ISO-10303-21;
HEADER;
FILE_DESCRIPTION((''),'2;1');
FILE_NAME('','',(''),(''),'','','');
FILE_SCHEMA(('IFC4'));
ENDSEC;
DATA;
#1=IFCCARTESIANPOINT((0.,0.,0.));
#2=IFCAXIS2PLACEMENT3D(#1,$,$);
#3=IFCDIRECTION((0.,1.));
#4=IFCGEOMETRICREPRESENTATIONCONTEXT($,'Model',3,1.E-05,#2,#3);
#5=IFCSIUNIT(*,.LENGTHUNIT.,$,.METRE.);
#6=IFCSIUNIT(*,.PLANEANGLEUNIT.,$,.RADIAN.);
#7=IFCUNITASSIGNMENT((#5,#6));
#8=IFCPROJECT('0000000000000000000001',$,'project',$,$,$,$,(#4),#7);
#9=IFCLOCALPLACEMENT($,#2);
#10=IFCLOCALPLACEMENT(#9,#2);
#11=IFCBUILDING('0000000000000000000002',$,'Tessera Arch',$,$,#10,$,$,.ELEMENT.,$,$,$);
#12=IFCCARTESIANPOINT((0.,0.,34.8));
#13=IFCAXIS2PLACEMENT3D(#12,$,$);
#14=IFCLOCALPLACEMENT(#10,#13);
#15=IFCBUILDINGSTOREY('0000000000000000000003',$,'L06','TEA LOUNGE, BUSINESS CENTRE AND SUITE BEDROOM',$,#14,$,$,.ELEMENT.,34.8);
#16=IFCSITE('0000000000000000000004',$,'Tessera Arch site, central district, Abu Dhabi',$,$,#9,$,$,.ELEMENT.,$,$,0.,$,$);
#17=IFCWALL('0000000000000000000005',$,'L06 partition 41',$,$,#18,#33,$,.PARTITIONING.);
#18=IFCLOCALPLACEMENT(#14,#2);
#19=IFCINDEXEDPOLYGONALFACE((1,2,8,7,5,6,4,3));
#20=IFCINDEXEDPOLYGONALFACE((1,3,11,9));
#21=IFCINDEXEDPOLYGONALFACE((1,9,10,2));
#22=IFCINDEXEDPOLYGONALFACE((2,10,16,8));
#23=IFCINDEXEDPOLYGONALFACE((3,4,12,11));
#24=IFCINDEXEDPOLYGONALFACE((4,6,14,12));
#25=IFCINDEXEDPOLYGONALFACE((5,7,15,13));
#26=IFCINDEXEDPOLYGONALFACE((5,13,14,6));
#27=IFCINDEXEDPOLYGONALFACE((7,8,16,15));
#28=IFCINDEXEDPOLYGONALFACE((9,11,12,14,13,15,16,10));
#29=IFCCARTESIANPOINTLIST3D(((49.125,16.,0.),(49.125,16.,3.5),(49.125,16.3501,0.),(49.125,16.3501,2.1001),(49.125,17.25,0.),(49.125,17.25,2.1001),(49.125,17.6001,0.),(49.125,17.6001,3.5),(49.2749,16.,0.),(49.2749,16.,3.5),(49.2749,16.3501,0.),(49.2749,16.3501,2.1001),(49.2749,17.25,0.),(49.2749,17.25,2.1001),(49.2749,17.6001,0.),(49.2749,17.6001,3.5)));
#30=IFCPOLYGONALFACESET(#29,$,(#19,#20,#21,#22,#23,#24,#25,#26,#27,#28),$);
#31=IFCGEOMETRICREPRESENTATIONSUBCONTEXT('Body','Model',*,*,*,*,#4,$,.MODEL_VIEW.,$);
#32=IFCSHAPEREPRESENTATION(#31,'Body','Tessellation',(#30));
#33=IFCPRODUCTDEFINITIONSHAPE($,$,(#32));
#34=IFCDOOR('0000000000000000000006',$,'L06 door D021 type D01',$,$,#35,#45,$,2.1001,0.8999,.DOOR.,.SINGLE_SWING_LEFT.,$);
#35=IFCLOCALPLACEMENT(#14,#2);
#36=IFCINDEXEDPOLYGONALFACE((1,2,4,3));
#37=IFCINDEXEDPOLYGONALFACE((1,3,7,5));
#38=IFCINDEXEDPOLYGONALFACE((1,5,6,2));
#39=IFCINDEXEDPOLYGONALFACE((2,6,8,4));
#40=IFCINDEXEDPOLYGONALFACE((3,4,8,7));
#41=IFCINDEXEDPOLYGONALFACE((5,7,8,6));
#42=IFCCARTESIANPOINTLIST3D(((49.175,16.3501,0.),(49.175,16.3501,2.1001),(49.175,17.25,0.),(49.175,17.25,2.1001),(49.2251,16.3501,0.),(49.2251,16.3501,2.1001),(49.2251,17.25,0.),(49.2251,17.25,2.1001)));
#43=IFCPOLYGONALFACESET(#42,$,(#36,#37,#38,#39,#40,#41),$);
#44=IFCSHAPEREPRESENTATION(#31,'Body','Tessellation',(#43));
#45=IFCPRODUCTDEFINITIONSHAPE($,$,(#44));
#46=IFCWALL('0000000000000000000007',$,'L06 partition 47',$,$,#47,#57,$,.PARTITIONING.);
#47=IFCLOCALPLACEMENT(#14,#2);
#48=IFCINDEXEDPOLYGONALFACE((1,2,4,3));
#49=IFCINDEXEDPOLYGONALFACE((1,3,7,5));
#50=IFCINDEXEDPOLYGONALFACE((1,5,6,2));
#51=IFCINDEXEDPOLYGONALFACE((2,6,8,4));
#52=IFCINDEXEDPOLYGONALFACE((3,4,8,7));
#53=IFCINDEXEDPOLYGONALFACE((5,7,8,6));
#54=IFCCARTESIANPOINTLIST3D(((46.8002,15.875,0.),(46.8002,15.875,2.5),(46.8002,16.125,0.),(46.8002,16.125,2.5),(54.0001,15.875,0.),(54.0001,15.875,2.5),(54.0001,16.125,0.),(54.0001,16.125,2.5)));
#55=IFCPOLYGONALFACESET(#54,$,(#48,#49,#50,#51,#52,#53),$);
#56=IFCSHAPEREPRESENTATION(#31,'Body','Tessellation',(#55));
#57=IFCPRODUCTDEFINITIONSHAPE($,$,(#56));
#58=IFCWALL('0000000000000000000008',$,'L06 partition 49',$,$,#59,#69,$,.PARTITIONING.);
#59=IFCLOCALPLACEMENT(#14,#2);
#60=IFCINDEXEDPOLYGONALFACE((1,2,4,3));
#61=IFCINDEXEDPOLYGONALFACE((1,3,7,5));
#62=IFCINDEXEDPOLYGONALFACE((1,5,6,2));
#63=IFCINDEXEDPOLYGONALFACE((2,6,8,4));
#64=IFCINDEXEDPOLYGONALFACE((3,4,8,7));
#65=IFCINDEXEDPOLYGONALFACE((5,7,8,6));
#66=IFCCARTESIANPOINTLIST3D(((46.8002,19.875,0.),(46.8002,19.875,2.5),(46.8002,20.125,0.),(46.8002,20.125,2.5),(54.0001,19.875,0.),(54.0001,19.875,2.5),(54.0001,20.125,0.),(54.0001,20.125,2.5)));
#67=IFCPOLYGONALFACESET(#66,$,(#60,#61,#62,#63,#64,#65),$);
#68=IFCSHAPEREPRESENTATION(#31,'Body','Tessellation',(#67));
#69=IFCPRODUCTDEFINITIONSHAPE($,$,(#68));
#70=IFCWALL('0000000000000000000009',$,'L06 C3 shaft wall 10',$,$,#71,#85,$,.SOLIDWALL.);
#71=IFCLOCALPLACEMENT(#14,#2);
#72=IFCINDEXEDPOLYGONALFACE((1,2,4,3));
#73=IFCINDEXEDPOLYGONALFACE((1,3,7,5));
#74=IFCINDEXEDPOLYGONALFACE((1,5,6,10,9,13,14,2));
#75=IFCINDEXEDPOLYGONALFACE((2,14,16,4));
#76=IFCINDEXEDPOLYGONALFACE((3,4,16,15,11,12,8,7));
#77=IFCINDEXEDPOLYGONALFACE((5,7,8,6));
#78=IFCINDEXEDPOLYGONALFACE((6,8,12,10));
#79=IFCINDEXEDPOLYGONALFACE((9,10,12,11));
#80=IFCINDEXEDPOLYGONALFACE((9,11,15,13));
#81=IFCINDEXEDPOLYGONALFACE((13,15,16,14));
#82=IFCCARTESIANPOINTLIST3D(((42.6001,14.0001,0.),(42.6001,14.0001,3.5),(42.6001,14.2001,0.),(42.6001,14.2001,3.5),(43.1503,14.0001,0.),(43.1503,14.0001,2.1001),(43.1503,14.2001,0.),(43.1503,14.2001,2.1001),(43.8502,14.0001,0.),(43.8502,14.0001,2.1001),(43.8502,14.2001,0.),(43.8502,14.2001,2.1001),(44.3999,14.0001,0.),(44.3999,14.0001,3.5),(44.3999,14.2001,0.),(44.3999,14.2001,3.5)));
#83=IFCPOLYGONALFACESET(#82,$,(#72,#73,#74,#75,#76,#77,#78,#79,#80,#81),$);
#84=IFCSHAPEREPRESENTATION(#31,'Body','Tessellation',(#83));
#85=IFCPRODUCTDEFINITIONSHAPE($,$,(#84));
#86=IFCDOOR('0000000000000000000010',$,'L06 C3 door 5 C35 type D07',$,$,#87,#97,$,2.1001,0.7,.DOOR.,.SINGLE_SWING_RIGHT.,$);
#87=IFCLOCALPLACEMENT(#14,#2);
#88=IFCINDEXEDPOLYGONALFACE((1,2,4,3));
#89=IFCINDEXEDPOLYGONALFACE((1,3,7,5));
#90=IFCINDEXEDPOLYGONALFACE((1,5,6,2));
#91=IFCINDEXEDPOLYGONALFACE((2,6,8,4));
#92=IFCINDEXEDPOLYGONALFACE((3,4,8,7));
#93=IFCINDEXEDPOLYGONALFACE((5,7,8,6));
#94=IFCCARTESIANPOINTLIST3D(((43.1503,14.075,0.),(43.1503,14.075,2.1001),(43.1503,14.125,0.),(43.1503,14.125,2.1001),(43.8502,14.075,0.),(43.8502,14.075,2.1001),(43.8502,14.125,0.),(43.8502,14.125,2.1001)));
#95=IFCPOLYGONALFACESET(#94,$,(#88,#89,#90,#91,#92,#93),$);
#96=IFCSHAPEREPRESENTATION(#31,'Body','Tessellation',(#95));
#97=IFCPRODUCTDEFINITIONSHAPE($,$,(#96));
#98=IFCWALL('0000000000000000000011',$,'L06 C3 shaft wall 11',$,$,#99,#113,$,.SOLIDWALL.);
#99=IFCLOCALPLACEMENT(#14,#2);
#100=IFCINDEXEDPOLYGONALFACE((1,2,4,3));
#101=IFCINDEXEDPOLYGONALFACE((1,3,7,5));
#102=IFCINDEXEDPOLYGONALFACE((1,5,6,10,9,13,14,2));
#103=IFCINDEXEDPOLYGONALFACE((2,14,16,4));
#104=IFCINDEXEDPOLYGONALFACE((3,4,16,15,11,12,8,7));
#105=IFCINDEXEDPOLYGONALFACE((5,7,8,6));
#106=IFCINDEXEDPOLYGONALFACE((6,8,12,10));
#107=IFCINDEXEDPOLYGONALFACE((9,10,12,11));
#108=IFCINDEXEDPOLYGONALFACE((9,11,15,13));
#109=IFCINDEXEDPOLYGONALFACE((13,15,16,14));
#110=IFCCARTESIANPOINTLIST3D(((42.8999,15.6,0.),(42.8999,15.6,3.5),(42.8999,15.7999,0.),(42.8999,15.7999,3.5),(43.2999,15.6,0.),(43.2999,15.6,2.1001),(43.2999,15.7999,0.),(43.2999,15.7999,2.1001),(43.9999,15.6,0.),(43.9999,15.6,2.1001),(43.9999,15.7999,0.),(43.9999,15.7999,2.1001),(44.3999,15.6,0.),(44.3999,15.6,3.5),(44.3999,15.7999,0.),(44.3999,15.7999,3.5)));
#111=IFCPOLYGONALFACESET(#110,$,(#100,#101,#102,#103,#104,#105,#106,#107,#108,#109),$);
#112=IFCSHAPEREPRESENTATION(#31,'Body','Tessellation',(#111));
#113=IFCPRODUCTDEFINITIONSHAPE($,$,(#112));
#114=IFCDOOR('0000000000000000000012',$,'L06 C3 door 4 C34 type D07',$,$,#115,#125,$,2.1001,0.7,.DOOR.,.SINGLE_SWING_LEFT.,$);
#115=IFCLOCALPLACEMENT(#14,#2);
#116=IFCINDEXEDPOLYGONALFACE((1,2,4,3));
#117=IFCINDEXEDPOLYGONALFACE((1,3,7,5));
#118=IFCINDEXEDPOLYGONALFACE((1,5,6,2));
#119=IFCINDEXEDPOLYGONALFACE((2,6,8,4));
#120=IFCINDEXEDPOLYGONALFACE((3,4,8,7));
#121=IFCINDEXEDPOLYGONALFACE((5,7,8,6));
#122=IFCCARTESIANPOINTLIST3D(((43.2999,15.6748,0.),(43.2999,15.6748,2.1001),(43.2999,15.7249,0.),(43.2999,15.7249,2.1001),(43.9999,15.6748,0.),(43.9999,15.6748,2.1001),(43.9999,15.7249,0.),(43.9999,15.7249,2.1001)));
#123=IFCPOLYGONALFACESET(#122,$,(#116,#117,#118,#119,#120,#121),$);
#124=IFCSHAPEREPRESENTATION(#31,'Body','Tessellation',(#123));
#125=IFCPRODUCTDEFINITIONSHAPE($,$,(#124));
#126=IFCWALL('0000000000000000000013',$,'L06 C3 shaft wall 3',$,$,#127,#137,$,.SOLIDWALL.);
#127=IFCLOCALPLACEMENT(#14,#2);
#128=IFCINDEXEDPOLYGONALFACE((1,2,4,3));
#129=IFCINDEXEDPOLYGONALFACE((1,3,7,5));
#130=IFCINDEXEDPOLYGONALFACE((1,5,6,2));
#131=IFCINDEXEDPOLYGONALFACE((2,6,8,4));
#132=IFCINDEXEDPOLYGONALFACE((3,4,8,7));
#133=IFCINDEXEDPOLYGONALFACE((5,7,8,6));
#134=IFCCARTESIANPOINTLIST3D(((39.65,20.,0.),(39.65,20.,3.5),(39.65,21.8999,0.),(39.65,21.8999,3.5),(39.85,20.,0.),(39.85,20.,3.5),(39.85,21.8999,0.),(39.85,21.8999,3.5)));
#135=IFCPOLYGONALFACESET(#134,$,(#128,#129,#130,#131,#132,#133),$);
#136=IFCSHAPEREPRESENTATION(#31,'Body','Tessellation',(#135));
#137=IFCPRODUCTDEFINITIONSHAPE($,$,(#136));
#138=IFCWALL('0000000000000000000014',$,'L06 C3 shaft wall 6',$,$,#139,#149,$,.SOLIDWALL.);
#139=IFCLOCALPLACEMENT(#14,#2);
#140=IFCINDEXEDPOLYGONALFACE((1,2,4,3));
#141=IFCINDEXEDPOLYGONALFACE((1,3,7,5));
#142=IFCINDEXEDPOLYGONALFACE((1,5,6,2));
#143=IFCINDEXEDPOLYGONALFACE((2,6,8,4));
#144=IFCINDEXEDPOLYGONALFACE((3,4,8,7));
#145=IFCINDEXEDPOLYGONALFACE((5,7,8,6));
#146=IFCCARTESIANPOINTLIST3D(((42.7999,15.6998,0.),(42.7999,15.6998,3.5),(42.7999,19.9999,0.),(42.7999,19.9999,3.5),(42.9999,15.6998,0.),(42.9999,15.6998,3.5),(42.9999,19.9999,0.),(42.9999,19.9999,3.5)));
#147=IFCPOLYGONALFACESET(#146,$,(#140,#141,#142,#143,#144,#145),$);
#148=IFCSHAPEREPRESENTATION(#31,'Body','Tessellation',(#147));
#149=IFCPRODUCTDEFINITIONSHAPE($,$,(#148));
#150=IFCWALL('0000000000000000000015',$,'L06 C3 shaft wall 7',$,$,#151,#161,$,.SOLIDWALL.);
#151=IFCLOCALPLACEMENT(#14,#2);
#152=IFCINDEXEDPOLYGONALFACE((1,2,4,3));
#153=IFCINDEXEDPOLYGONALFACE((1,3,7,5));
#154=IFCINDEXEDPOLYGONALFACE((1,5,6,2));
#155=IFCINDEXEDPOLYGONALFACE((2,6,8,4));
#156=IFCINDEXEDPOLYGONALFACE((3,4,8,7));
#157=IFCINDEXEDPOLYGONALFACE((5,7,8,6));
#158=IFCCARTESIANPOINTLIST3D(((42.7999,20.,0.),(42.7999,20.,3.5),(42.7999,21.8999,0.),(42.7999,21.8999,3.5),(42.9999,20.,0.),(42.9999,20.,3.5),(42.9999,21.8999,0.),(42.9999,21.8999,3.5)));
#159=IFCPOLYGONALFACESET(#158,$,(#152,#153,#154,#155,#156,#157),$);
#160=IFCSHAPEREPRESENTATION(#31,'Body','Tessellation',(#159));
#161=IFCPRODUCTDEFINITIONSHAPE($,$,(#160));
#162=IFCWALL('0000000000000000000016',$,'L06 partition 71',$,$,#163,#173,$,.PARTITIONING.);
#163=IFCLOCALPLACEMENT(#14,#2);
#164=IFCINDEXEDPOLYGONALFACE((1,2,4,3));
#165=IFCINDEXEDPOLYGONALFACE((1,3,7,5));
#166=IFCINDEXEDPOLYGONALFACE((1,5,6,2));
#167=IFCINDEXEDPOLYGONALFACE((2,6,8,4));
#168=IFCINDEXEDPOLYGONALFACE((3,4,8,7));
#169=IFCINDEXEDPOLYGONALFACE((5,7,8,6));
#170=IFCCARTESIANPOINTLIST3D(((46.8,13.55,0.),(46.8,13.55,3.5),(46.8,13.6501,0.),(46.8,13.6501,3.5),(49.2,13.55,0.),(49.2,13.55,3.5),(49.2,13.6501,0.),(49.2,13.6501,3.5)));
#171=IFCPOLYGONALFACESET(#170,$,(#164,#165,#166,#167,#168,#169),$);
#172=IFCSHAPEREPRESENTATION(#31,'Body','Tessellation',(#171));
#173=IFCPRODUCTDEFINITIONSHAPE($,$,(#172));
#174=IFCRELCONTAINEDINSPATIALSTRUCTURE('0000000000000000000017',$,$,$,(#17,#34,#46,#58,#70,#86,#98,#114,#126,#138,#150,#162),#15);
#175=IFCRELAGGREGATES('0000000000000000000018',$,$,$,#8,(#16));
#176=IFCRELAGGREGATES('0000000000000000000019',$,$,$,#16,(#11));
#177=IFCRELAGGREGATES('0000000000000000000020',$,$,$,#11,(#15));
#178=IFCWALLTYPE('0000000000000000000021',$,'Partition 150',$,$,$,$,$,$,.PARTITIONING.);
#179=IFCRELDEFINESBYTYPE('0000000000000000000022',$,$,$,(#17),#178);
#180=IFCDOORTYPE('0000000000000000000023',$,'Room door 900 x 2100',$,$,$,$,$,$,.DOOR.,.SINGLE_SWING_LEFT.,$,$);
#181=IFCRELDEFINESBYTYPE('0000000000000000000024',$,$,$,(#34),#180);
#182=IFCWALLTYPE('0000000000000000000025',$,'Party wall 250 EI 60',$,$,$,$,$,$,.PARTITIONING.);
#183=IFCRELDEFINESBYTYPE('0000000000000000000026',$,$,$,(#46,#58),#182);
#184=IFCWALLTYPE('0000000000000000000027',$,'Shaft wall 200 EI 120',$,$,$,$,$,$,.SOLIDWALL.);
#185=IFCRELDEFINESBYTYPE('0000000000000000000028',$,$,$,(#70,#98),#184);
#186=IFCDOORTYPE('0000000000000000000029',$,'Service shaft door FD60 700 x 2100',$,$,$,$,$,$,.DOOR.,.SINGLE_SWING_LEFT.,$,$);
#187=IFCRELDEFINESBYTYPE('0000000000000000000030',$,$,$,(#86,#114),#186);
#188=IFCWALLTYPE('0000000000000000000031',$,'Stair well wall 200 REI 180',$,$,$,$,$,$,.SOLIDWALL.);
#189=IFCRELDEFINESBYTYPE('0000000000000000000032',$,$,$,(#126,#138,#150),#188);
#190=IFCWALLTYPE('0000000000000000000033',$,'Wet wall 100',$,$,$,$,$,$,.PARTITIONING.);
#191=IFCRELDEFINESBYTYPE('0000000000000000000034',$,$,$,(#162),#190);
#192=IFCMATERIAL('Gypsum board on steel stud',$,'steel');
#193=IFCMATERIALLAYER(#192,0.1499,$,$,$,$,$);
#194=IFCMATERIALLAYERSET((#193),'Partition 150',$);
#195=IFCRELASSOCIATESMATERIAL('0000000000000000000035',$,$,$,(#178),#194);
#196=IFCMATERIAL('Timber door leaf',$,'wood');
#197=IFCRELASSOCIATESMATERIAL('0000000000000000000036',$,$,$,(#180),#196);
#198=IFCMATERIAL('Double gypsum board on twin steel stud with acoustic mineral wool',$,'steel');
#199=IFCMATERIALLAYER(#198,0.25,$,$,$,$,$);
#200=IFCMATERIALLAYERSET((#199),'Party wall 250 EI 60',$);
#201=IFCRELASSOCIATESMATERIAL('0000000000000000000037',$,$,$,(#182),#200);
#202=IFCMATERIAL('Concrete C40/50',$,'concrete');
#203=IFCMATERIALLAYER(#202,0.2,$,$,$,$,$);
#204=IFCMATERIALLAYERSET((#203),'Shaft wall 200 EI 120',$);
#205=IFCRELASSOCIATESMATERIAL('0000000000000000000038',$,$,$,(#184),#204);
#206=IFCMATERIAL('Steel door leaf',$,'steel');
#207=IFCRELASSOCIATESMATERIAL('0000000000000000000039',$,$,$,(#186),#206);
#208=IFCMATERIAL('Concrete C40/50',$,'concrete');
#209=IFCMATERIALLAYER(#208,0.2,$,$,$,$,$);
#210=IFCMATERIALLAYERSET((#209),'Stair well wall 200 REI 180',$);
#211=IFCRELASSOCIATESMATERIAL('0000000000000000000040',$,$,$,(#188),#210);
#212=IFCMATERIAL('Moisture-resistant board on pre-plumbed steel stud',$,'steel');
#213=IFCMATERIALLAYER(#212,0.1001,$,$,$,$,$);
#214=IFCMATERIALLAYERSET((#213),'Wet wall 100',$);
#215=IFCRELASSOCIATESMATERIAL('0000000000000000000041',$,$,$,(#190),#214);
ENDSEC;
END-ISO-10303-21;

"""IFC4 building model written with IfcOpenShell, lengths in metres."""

from ifc_helpers import new_model, si_unit, direction, frame, frame_2d, origin, place, context, subcontext, project, spatial, rectangle, extrude, material, layer, layer_set, type_object, element, fill, save


model = new_model("IFC4")

# Units and contexts
model_context = context("Model", 3, precision=1e-05, world=origin(), true_north=direction((0.0, 1.0)))
body_context = subcontext(model_context, "Body", "Model", "MODEL_VIEW")
ifc_project = project(units=[si_unit("LENGTHUNIT", "METRE"), si_unit("PLANEANGLEUNIT", "RADIAN")], contexts=[model_context])

# Site, building, storey
site_placement = place(None, origin())
site = spatial("IfcSite", under=ifc_project, at=site_placement, Name="Tessera Arch site, central district, Abu Dhabi", CompositionType="ELEMENT", RefElevation=0.0)
building_placement = place(site_placement, origin())
building = spatial("IfcBuilding", under=site, at=building_placement, Name="Tessera Arch", CompositionType="ELEMENT")
storey_placement = place(building_placement, frame((0.0, 0.0, 34.8)))
storey = spatial("IfcBuildingStorey", under=building, at=storey_placement, Name="L06", Description="TEA LOUNGE, BUSINESS CENTRE AND SUITE BEDROOM", CompositionType="ELEMENT", Elevation=34.8)

# Wall, opening, door
ifc_material_1 = material(Name="Gypsum board on steel stud", Category="steel")
ifc_layer_1 = layer(ifc_material_1, 0.1499)
ifc_layer_set_1 = layer_set([ifc_layer_1], Name="Partition 150")
wall_type_1 = type_object("IfcWallType", Name="Partition 150", PredefinedType="PARTITIONING", material=ifc_layer_set_1)
wall_1_placement = place(storey_placement, frame((49.2, 16.0, 0.0), z_axis=(0.0, 0.0, 1.0), x_axis=(0.0, 1.0, 0.0)))
wall_1 = element("IfcWall", 1, at=wall_1_placement, inside=storey, type_object=wall_type_1, Name="L06 partition 41", PredefinedType="PARTITIONING", context=body_context, shape_type="SweptSolid", body=[
    extrude(rectangle(XDim=1.6001, YDim=0.1499, at=frame_2d((0.8, 0.0))), origin(), (0.0, 0.0, 1.0), 3.5),
])
opening_1_placement = place(wall_1_placement, frame((0.3501, 0.0, 0.0)))
opening_1 = element("IfcOpeningElement", 2, at=opening_1_placement, cuts=wall_1, PredefinedType="OPENING", context=body_context, shape_type="SweptSolid", body=[
    extrude(rectangle(XDim=0.8999, YDim=2.1001, at=frame_2d((0.45, 1.05))), frame((0.0, 0.085, 0.0), z_axis=(0.0, -1.0, 0.0), x_axis=(1.0, 0.0, 0.0)), (0.0, 0.0, 1.0), 0.1699),
])
ifc_material_2 = material(Name="Timber door leaf", Category="wood")
door_type_1 = type_object("IfcDoorType", Name="Room door 900 x 2100", OperationType="SINGLE_SWING_LEFT", PredefinedType="DOOR", material=ifc_material_2)
door_1_placement = place(opening_1_placement, origin())
door_1 = element("IfcDoor", 3, at=door_1_placement, inside=storey, type_object=door_type_1, Name="L06 door D021 type D01", OperationType="SINGLE_SWING_LEFT", OverallHeight=2.1001, OverallWidth=0.8999, PredefinedType="DOOR", context=body_context, shape_type="SweptSolid", body=[
    extrude(rectangle(XDim=0.8999, YDim=2.1001, at=frame_2d((0.45, 1.05))), frame((0.0, 0.0249, 0.0), z_axis=(0.0, -1.0, 0.0), x_axis=(1.0, 0.0, 0.0)), (0.0, 0.0, 1.0), 0.05),
])
fill(opening_1, door_1)

# Walls
ifc_material_3 = material(Name="Double gypsum board on twin steel stud with acoustic mineral wool", Category="steel")
ifc_layer_2 = layer(ifc_material_3, 0.25)
ifc_layer_set_2 = layer_set([ifc_layer_2], Name="Party wall 250 EI 60")
wall_type_2 = type_object("IfcWallType", Name="Party wall 250 EI 60", PredefinedType="PARTITIONING", material=ifc_layer_set_2)
for number, where, z_axis, x_axis, name in (
    (4, (46.8, 16.0, 0.0), (0.0, 0.0, 1.0), (1.0, 0.0, 0.0), "L06 partition 47"),
    (5, (46.8, 20.0, 0.0), (0.0, 0.0, 1.0), (1.0, 0.0, 0.0), "L06 partition 49"),
):
    element("IfcWall", number, at=place(storey_placement, frame(where, z_axis=z_axis, x_axis=x_axis)), inside=storey, type_object=wall_type_2, Name=name, PredefinedType="PARTITIONING", context=body_context, shape_type="SweptSolid", body=[
        extrude(rectangle(XDim=7.2, YDim=0.25, at=frame_2d((3.6001, 0.0))), origin(), (0.0, 0.0, 1.0), 2.5),
    ])

# Walls, openings, doors
ifc_material_4 = material(Name="Concrete C40/50", Category="concrete")
ifc_layer_3 = layer(ifc_material_4, 0.2)
ifc_layer_set_3 = layer_set([ifc_layer_3], Name="Shaft wall 200 EI 120")
wall_type_3 = type_object("IfcWallType", Name="Shaft wall 200 EI 120", PredefinedType="SOLIDWALL", material=ifc_layer_set_3)
wall_2_placement = place(storey_placement, frame((42.6001, 14.1001, 0.0), z_axis=(0.0, 0.0, 1.0), x_axis=(1.0, 0.0, 0.0)))
wall_2 = element("IfcWall", 6, at=wall_2_placement, inside=storey, type_object=wall_type_3, Name="L06 C3 shaft wall 10", PredefinedType="SOLIDWALL", context=body_context, shape_type="SweptSolid", body=[
    extrude(rectangle(XDim=1.7998, YDim=0.2, at=frame_2d((0.8999, 0.0))), origin(), (0.0, 0.0, 1.0), 3.5),
])
opening_2_placement = place(wall_2_placement, frame((0.55, 0.0, 0.0)))
opening_2 = element("IfcOpeningElement", 7, at=opening_2_placement, cuts=wall_2, PredefinedType="OPENING", context=body_context, shape_type="SweptSolid", body=[
    extrude(rectangle(XDim=0.7, YDim=2.1001, at=frame_2d((0.3501, 1.05))), frame((0.0, 0.1099, 0.0), z_axis=(0.0, -1.0, 0.0), x_axis=(1.0, 0.0, 0.0)), (0.0, 0.0, 1.0), 0.22),
])
ifc_material_5 = material(Name="Steel door leaf", Category="steel")
door_type_2 = type_object("IfcDoorType", Name="Service shaft door FD60 700 x 2100", OperationType="SINGLE_SWING_LEFT", PredefinedType="DOOR", material=ifc_material_5)
door_2_placement = place(opening_2_placement, origin())
door_2 = element("IfcDoor", 8, at=door_2_placement, inside=storey, type_object=door_type_2, Name="L06 C3 door 5 C35 type D07", OperationType="SINGLE_SWING_RIGHT", OverallHeight=2.1001, OverallWidth=0.7, PredefinedType="DOOR", context=body_context, shape_type="SweptSolid", body=[
    extrude(rectangle(XDim=0.7, YDim=2.1001, at=frame_2d((0.3501, 1.05))), frame((0.0, 0.0249, 0.0), z_axis=(0.0, -1.0, 0.0), x_axis=(1.0, 0.0, 0.0)), (0.0, 0.0, 1.0), 0.05),
])
fill(opening_2, door_2)
wall_3_placement = place(storey_placement, frame((42.8999, 15.7, 0.0), z_axis=(0.0, 0.0, 1.0), x_axis=(1.0, 0.0, 0.0)))
wall_3 = element("IfcWall", 9, at=wall_3_placement, inside=storey, type_object=wall_type_3, Name="L06 C3 shaft wall 11", PredefinedType="SOLIDWALL", context=body_context, shape_type="SweptSolid", body=[
    extrude(rectangle(XDim=1.5, YDim=0.2, at=frame_2d((0.75, 0.0))), origin(), (0.0, 0.0, 1.0), 3.5),
])
opening_3_placement = place(wall_3_placement, frame((0.3999, 0.0, 0.0)))
opening_3 = element("IfcOpeningElement", 10, at=opening_3_placement, cuts=wall_3, PredefinedType="OPENING", context=body_context, shape_type="SweptSolid", body=[
    extrude(rectangle(XDim=0.7, YDim=2.1001, at=frame_2d((0.3501, 1.05))), frame((0.0, 0.1099, 0.0), z_axis=(0.0, -1.0, 0.0), x_axis=(1.0, 0.0, 0.0)), (0.0, 0.0, 1.0), 0.22),
])
door_3_placement = place(opening_3_placement, origin())
door_3 = element("IfcDoor", 11, at=door_3_placement, inside=storey, type_object=door_type_2, Name="L06 C3 door 4 C34 type D07", OperationType="SINGLE_SWING_LEFT", OverallHeight=2.1001, OverallWidth=0.7, PredefinedType="DOOR", context=body_context, shape_type="SweptSolid", body=[
    extrude(rectangle(XDim=0.7, YDim=2.1001, at=frame_2d((0.3501, 1.05))), frame((0.0, 0.0249, 0.0), z_axis=(0.0, -1.0, 0.0), x_axis=(1.0, 0.0, 0.0)), (0.0, 0.0, 1.0), 0.05),
])
fill(opening_3, door_3)

# Walls
ifc_material_6 = material(Name="Concrete C40/50", Category="concrete")
ifc_layer_4 = layer(ifc_material_6, 0.2)
ifc_layer_set_4 = layer_set([ifc_layer_4], Name="Stair well wall 200 REI 180")
wall_type_4 = type_object("IfcWallType", Name="Stair well wall 200 REI 180", PredefinedType="SOLIDWALL", material=ifc_layer_set_4)
wall_4_placement = place(storey_placement, frame((39.75, 20.0, 0.0), z_axis=(0.0, 0.0, 1.0), x_axis=(0.0, 1.0, 0.0)))
element("IfcWall", 12, at=wall_4_placement, inside=storey, type_object=wall_type_4, Name="L06 C3 shaft wall 3", PredefinedType="SOLIDWALL", context=body_context, shape_type="SweptSolid", body=[
    extrude(rectangle(XDim=1.8999, YDim=0.2, at=frame_2d((0.95, 0.0))), origin(), (0.0, 0.0, 1.0), 3.5),
])
wall_5_placement = place(storey_placement, frame((42.8999, 15.7, 0.0), z_axis=(0.0, 0.0, 1.0), x_axis=(0.0, 1.0, 0.0)))
element("IfcWall", 13, at=wall_5_placement, inside=storey, type_object=wall_type_4, Name="L06 C3 shaft wall 6", PredefinedType="SOLIDWALL", context=body_context, shape_type="SweptSolid", body=[
    extrude(rectangle(XDim=4.3, YDim=0.2, at=frame_2d((2.1499, 0.0))), origin(), (0.0, 0.0, 1.0), 3.5),
])
wall_6_placement = place(storey_placement, frame((42.8999, 20.0, 0.0), z_axis=(0.0, 0.0, 1.0), x_axis=(0.0, 1.0, 0.0)))
element("IfcWall", 14, at=wall_6_placement, inside=storey, type_object=wall_type_4, Name="L06 C3 shaft wall 7", PredefinedType="SOLIDWALL", context=body_context, shape_type="SweptSolid", body=[
    extrude(rectangle(XDim=1.8999, YDim=0.2, at=frame_2d((0.95, 0.0))), origin(), (0.0, 0.0, 1.0), 3.5),
])
ifc_material_7 = material(Name="Moisture-resistant board on pre-plumbed steel stud", Category="steel")
ifc_layer_5 = layer(ifc_material_7, 0.1001)
ifc_layer_set_5 = layer_set([ifc_layer_5], Name="Wet wall 100")
wall_type_5 = type_object("IfcWallType", Name="Wet wall 100", PredefinedType="PARTITIONING", material=ifc_layer_set_5)
for number, where, z_axis, x_axis, name in (
    (15, (46.8, 13.6001, 0.0), (0.0, 0.0, 1.0), (1.0, 0.0, 0.0), "L06 partition 71"),
):
    element("IfcWall", number, at=place(storey_placement, frame(where, z_axis=z_axis, x_axis=x_axis)), inside=storey, type_object=wall_type_5, Name=name, PredefinedType="PARTITIONING", context=body_context, shape_type="SweptSolid", body=[
        extrude(rectangle(XDim=2.3999, YDim=0.1001, at=frame_2d((1.2, 0.0))), origin(), (0.0, 0.0, 1.0), 3.5),
    ])

save(model, "model.ifc")
